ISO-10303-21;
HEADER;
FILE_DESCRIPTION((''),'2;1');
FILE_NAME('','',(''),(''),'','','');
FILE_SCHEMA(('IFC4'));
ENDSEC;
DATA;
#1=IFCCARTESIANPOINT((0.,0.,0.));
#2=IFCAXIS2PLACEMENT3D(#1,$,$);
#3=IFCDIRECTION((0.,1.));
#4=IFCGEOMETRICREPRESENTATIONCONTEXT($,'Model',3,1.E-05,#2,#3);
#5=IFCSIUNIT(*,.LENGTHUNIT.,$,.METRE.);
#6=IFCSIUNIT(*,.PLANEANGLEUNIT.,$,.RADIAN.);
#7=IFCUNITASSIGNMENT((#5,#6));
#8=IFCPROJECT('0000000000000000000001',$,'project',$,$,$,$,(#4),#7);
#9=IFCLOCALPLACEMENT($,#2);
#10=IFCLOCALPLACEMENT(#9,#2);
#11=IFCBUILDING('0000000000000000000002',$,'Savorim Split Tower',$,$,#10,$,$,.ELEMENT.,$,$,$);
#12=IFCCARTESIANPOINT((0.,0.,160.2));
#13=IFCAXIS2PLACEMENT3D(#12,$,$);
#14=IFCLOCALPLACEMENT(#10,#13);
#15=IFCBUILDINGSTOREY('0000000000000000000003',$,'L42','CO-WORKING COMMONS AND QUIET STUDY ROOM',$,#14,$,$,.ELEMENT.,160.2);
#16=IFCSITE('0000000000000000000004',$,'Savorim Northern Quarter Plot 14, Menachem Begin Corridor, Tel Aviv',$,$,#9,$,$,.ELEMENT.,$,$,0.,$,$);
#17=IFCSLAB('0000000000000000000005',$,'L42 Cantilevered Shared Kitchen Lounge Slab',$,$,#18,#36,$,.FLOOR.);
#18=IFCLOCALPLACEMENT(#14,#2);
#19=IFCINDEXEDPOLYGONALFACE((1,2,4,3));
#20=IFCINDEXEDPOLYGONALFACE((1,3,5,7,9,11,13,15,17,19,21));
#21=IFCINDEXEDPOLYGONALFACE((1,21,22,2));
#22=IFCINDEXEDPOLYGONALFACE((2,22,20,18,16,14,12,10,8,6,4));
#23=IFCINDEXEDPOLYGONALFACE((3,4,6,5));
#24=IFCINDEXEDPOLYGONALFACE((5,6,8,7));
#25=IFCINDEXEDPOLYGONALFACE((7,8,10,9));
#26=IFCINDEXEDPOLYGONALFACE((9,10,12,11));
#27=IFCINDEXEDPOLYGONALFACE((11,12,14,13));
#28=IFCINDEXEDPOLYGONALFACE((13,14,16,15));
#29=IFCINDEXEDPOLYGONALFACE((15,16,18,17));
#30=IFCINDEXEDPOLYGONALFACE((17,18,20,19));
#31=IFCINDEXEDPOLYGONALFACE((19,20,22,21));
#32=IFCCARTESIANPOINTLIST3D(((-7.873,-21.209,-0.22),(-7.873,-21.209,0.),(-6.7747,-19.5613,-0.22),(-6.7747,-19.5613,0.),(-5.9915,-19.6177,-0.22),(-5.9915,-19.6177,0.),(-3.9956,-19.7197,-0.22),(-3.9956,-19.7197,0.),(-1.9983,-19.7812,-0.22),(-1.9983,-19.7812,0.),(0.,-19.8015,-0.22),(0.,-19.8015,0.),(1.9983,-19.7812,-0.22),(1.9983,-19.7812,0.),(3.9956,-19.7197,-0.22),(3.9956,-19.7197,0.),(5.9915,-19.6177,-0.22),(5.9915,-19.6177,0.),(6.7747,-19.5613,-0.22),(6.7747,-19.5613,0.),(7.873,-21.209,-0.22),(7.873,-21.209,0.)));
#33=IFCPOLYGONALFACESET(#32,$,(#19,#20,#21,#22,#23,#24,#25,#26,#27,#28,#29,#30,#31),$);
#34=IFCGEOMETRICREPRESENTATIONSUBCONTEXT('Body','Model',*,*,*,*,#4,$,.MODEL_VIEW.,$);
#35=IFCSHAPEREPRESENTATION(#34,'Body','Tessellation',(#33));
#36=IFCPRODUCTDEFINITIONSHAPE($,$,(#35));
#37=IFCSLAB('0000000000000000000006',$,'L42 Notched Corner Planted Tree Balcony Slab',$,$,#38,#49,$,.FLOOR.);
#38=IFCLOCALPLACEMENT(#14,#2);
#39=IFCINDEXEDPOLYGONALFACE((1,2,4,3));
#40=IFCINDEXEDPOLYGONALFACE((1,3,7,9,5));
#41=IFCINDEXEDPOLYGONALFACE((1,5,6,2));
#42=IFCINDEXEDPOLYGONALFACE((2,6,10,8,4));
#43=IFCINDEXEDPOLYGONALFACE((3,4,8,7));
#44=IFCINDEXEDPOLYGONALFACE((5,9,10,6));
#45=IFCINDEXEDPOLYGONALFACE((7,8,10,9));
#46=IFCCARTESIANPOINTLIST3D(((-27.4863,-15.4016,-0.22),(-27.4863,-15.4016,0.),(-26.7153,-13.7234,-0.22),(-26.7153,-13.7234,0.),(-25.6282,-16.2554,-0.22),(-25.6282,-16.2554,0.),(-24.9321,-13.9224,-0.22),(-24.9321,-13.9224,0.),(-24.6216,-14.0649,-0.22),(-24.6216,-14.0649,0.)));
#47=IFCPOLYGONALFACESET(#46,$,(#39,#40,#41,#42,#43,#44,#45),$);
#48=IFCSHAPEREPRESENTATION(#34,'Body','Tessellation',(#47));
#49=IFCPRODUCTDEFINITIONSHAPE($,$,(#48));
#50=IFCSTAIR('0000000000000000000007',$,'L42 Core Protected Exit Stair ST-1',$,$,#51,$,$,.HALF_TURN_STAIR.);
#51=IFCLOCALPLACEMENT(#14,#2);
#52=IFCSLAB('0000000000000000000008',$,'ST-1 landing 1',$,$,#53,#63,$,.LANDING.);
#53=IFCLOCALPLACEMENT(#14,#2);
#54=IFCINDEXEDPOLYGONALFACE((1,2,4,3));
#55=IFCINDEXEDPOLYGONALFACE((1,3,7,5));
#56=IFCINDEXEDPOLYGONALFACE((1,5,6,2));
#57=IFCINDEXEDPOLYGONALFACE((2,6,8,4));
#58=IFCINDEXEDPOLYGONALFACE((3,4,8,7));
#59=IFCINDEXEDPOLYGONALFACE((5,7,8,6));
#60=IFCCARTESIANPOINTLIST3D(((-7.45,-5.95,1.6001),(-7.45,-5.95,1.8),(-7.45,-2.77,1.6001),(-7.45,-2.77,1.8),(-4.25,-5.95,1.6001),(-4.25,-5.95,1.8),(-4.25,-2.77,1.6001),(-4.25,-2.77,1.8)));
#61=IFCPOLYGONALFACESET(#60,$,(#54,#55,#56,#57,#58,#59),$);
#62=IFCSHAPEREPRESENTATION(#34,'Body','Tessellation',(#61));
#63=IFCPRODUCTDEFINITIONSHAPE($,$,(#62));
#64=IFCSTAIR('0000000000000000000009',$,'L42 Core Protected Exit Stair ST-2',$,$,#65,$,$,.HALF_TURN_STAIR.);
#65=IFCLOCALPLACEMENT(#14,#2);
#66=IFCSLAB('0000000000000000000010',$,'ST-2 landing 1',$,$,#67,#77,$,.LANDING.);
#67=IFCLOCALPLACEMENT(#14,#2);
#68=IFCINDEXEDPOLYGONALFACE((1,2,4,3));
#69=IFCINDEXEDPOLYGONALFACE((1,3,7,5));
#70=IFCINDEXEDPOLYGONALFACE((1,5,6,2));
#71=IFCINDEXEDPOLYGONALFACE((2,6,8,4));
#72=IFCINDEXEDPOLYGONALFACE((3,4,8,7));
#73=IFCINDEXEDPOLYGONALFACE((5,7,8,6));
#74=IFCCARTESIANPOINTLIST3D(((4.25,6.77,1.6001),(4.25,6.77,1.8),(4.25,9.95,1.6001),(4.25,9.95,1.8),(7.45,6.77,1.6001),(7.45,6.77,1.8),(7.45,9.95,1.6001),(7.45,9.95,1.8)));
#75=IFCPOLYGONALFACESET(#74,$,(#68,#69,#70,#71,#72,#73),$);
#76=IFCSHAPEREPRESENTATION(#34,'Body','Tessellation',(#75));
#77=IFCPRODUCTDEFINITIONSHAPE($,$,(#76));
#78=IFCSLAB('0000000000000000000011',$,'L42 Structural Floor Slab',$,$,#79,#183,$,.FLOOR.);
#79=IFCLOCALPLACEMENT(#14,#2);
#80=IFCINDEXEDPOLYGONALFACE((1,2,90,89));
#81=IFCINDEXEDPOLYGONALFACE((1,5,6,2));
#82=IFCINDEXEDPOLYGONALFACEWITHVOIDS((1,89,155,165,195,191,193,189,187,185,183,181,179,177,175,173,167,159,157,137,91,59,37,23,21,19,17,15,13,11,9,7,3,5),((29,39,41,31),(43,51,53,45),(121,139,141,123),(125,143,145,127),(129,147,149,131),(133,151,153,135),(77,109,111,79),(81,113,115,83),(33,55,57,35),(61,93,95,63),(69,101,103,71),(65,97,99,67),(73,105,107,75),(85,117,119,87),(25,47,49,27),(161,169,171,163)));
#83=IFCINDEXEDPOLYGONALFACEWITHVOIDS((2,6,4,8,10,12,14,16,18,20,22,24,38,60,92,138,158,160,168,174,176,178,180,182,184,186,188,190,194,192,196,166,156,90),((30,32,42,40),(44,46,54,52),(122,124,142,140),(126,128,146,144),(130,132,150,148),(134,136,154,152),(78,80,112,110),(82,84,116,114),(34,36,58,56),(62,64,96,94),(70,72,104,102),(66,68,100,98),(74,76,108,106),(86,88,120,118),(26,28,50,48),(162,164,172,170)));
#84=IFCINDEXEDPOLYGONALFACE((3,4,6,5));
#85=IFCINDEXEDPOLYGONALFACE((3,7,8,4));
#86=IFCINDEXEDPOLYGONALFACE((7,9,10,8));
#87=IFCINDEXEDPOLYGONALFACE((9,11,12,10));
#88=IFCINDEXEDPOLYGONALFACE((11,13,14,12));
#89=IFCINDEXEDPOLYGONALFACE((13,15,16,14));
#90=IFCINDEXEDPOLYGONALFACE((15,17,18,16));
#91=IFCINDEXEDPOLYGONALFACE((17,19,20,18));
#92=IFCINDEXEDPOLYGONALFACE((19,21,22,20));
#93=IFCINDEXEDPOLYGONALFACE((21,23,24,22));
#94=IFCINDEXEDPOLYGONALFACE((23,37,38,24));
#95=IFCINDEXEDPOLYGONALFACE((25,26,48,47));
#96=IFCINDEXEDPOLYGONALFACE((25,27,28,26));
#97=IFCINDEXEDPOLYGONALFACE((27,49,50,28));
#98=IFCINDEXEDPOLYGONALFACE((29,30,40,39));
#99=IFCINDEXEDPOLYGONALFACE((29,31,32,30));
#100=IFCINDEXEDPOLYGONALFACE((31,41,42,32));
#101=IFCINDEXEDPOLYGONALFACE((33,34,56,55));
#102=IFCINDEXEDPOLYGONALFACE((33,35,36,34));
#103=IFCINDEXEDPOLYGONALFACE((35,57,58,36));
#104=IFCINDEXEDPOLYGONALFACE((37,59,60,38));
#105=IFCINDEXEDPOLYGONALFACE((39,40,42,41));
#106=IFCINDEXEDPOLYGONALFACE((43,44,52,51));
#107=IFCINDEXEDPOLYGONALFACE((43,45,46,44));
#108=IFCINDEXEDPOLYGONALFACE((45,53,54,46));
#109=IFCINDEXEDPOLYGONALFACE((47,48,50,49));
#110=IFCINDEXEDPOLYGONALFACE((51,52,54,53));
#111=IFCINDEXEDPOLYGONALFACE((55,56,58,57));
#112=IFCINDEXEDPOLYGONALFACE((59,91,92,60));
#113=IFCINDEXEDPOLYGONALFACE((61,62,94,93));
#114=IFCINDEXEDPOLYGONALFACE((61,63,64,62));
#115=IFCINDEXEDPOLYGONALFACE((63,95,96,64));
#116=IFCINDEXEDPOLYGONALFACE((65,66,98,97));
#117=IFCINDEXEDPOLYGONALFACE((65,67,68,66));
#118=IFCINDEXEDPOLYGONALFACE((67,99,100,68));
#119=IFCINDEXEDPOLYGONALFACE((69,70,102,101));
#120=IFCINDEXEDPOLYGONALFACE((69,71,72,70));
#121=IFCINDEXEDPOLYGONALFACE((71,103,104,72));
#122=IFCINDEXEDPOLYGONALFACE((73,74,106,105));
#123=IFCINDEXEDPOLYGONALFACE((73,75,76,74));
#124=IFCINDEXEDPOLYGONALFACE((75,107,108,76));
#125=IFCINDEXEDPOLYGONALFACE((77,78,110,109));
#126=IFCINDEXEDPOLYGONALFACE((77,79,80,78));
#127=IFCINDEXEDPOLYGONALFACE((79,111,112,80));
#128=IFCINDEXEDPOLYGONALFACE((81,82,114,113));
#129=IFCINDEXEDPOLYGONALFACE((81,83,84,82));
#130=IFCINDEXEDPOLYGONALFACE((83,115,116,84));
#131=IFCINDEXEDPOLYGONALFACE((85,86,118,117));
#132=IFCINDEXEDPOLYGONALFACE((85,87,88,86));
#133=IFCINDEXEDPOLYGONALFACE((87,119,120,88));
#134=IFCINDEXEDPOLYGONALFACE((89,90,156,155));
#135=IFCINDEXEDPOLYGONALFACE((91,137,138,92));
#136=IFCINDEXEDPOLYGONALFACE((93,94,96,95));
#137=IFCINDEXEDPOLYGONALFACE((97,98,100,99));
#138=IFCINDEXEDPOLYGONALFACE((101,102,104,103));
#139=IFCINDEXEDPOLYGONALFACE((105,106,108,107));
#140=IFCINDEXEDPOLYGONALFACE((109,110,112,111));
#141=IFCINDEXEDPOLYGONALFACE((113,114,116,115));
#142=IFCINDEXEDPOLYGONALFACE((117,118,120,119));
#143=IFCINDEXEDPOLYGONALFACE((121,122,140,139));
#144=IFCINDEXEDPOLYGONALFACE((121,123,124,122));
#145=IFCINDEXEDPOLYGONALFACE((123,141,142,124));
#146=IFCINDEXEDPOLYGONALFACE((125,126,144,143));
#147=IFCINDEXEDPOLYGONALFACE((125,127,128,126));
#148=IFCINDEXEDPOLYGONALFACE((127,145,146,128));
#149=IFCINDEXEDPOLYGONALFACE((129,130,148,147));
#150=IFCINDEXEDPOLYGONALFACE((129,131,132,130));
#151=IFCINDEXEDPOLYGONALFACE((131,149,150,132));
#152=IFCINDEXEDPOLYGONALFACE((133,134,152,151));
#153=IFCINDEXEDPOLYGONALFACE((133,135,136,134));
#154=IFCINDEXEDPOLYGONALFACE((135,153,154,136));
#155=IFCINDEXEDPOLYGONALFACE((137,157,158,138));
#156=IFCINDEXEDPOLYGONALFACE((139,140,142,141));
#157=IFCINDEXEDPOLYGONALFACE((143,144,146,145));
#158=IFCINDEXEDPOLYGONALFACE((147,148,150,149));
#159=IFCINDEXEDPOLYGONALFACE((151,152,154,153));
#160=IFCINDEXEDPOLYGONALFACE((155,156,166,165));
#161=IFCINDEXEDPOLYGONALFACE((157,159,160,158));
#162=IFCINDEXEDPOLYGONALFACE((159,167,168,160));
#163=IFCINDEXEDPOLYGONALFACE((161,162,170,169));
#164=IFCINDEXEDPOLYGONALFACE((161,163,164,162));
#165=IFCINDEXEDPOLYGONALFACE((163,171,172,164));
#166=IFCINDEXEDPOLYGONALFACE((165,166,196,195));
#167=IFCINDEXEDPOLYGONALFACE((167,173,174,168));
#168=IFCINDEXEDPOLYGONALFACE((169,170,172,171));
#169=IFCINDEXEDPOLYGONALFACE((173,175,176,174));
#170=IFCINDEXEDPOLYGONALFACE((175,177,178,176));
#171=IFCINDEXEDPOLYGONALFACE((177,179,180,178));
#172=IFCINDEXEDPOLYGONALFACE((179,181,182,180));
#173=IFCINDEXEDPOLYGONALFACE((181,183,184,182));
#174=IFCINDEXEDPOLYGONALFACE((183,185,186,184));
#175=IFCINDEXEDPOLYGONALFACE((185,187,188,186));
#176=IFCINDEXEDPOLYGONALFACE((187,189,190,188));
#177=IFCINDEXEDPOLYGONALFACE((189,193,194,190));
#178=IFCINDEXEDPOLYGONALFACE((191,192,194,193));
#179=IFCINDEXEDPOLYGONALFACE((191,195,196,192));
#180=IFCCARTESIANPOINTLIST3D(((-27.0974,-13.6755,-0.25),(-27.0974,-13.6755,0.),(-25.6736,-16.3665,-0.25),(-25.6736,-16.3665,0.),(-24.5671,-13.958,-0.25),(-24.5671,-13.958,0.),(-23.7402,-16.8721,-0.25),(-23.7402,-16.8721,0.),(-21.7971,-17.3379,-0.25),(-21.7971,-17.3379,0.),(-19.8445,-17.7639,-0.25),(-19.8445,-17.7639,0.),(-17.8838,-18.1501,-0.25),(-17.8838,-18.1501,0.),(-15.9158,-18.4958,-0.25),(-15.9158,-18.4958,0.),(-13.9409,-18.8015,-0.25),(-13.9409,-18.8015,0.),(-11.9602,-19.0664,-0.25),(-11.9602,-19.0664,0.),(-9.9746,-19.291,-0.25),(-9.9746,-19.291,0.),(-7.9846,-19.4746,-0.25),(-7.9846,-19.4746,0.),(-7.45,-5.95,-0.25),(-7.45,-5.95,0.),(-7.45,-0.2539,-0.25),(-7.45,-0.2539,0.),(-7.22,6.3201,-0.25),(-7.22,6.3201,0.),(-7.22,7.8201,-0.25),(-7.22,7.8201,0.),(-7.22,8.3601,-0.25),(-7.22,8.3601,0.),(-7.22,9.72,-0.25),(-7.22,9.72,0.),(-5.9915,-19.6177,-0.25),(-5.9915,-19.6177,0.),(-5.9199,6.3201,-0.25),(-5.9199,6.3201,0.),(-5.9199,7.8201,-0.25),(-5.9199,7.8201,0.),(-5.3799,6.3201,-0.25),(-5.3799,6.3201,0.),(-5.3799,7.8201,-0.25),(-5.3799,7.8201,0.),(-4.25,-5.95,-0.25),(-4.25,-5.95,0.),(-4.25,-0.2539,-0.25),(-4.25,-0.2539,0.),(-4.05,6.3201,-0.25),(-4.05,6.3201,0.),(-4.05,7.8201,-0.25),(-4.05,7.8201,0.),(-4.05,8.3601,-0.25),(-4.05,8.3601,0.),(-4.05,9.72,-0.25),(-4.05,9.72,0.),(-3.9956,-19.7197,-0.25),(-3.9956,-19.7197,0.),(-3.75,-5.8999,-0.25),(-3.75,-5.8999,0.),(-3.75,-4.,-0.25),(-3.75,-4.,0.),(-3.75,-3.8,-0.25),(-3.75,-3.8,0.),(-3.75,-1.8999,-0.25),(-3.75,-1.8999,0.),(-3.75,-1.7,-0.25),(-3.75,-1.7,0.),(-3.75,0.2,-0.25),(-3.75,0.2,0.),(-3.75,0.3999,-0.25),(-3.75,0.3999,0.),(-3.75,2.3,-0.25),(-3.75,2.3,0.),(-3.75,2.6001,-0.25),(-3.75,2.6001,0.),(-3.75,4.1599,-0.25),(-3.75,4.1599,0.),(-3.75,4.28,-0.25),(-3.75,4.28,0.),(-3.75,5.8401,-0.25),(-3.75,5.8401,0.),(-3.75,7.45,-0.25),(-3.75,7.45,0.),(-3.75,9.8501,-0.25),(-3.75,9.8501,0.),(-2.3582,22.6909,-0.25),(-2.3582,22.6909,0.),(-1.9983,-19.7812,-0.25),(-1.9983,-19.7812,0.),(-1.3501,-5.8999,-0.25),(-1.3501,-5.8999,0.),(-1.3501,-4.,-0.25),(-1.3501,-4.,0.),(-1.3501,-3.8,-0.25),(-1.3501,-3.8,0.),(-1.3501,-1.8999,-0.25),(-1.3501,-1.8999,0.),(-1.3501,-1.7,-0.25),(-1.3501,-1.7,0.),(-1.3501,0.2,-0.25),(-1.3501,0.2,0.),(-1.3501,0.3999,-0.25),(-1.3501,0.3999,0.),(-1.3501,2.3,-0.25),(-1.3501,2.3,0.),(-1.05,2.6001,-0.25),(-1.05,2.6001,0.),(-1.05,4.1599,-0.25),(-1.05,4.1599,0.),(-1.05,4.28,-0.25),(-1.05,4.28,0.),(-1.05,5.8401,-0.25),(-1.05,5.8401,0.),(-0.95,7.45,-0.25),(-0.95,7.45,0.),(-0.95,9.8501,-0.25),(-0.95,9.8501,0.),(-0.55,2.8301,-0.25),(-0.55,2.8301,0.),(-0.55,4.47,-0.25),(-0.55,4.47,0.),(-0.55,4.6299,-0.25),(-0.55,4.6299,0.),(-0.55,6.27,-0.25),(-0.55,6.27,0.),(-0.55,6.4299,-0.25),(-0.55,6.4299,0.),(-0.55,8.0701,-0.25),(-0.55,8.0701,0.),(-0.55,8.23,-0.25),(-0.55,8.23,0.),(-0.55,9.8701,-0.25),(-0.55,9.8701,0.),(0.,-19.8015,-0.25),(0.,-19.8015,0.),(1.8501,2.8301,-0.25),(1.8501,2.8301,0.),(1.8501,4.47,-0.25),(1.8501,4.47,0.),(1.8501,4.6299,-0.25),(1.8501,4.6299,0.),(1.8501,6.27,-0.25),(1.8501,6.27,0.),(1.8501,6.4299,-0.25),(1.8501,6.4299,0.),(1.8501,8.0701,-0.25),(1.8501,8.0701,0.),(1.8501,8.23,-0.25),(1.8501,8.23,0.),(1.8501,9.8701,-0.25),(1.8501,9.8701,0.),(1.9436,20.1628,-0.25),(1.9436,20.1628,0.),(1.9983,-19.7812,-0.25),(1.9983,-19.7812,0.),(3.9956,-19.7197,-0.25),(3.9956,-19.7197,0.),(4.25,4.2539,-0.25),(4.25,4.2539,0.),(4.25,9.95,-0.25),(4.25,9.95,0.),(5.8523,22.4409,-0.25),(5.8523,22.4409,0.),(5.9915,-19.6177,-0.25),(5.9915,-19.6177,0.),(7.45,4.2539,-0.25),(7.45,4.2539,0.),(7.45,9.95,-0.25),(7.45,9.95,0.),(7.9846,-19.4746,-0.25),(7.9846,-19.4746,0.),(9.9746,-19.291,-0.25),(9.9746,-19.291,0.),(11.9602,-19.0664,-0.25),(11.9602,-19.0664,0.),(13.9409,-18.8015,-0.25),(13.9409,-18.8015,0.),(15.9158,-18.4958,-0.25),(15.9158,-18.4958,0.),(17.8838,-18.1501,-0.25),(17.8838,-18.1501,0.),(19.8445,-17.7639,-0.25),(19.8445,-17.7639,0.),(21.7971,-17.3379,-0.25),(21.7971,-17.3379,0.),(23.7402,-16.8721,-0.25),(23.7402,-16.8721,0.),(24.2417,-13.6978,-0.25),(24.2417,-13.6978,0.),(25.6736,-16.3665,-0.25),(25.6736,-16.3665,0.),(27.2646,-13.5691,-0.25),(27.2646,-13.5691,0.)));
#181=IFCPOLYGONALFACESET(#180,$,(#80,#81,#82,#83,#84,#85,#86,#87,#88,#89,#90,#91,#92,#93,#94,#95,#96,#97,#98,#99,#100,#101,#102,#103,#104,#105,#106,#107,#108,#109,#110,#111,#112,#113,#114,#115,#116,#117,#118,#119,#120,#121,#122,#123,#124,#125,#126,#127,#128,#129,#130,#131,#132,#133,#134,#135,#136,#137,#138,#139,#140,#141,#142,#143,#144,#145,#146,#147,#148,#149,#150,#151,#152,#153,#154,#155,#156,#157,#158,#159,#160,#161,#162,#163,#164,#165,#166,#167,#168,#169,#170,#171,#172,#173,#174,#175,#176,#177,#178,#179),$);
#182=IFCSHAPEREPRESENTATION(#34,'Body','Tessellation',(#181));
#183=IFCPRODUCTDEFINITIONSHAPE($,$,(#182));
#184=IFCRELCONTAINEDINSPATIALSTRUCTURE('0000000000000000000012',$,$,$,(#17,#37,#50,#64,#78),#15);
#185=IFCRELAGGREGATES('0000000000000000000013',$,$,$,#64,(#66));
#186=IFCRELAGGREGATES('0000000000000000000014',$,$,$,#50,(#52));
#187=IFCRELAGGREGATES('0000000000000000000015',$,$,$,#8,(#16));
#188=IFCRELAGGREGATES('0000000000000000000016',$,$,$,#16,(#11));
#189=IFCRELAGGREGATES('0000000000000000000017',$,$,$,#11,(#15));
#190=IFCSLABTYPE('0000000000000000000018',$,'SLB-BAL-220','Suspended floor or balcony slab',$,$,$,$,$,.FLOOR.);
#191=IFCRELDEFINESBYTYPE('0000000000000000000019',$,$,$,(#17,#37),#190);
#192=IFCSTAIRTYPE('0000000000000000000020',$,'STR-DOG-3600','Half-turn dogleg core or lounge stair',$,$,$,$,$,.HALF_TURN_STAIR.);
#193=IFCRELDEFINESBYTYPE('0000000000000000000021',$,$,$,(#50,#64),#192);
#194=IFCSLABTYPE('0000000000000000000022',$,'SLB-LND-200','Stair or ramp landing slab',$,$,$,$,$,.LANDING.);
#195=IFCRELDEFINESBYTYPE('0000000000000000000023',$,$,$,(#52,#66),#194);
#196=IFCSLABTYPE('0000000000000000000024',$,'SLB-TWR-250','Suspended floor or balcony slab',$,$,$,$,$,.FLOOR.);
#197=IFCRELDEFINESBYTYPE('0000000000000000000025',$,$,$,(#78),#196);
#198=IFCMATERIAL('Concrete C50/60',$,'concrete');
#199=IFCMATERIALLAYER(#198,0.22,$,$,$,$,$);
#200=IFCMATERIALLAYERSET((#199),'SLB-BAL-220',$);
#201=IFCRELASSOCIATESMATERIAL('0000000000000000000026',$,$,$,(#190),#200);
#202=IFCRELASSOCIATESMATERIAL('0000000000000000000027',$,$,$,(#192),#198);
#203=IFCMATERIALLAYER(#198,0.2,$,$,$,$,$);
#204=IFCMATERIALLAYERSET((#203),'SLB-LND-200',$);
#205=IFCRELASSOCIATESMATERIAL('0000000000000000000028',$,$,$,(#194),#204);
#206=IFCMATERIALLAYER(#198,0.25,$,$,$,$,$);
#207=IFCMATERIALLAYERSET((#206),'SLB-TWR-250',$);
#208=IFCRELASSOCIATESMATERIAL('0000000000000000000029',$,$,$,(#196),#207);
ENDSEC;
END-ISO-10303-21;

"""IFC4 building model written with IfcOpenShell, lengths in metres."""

from ifc_helpers import new_model, si_unit, direction, frame, origin, place, context, subcontext, project, spatial, polyline, outline, extrude, material, layer, layer_set, type_object, element, aggregate, save


model = new_model("IFC4")

# Units and contexts
model_context = context("Model", 3, precision=1e-05, world=origin(), true_north=direction((0.0, 1.0)))
body_context = subcontext(model_context, "Body", "Model", "MODEL_VIEW")
ifc_project = project(units=[si_unit("LENGTHUNIT", "METRE"), si_unit("PLANEANGLEUNIT", "RADIAN")], contexts=[model_context])

# Site, building, storey
site_placement = place(None, origin())
site = spatial("IfcSite", under=ifc_project, at=site_placement, Name="Savorim Northern Quarter Plot 14, Menachem Begin Corridor, Tel Aviv", CompositionType="ELEMENT", RefElevation=0.0)
building_placement = place(site_placement, origin())
building = spatial("IfcBuilding", under=site, at=building_placement, Name="Savorim Split Tower", CompositionType="ELEMENT")
storey_placement = place(building_placement, frame((0.0, 0.0, 160.2)))
storey = spatial("IfcBuildingStorey", under=building, at=storey_placement, Name="L42", Description="CO-WORKING COMMONS AND QUIET STUDY ROOM", CompositionType="ELEMENT", Elevation=160.2)

# Slabs
ifc_material_1 = material(Name="Concrete C50/60", Category="concrete")
ifc_layer_1 = layer(ifc_material_1, 0.22)
ifc_layer_set_1 = layer_set([ifc_layer_1], Name="SLB-BAL-220")
slab_type_1 = type_object("IfcSlabType", Name="SLB-BAL-220", Description="Suspended floor or balcony slab", PredefinedType="FLOOR", material=ifc_layer_set_1)
slab_1_placement = place(storey_placement, frame((0.0, 0.0, -0.22)))
element("IfcSlab", 1, at=slab_1_placement, inside=storey, type_object=slab_type_1, Name="L42 Cantilevered Shared Kitchen Lounge Slab", PredefinedType="FLOOR", context=body_context, shape_type="SweptSolid", body=[
    extrude(outline(polyline([(6.7747, -19.5613), (5.9915, -19.6177), (3.9956, -19.7197), (1.9983, -19.7812), (0.0, -19.8015), (-1.9983, -19.7812), (-3.9956, -19.7197), (-5.9915, -19.6177), (-6.7747, -19.5613), (-7.873, -21.209), (7.873, -21.209), (6.7747, -19.5613)])), origin(), (0.0, 0.0, 1.0), 0.22),
])
slab_2_placement = place(storey_placement, frame((0.0, 0.0, -0.22)))
element("IfcSlab", 2, at=slab_2_placement, inside=storey, type_object=slab_type_1, Name="L42 Notched Corner Planted Tree Balcony Slab", PredefinedType="FLOOR", context=body_context, shape_type="SweptSolid", body=[
    extrude(outline(polyline([(-25.6282, -16.2554), (-24.6216, -14.0649), (-24.9321, -13.9224), (-26.7153, -13.7234), (-27.4863, -15.4016), (-25.6282, -16.2554)])), origin(), (0.0, 0.0, 1.0), 0.22),
])

# Stairs, slabs
stair_type = type_object("IfcStairType", Name="STR-DOG-3600", Description="Half-turn dogleg core or lounge stair", PredefinedType="HALF_TURN_STAIR", material=ifc_material_1)
stair_1_placement = place(storey_placement, origin())
stair_1 = element("IfcStair", 3, at=stair_1_placement, inside=storey, type_object=stair_type, Name="L42 Core Protected Exit Stair ST-1", PredefinedType="HALF_TURN_STAIR")
ifc_layer_2 = layer(ifc_material_1, 0.2)
ifc_layer_set_2 = layer_set([ifc_layer_2], Name="SLB-LND-200")
slab_type_2 = type_object("IfcSlabType", Name="SLB-LND-200", Description="Stair or ramp landing slab", PredefinedType="LANDING", material=ifc_layer_set_2)
slab_3_placement = place(storey_placement, frame((0.0, 0.0, 1.6001)))
slab_3 = element("IfcSlab", 4, at=slab_3_placement, type_object=slab_type_2, Name="ST-1 landing 1", PredefinedType="LANDING", context=body_context, shape_type="SweptSolid", body=[
    extrude(outline(polyline([(-7.45, -2.77), (-7.45, -5.95), (-4.25, -5.95), (-4.25, -2.77), (-7.45, -2.77)])), origin(), (0.0, 0.0, 1.0), 0.2),
])
stair_2_placement = place(storey_placement, origin())
stair_2 = element("IfcStair", 5, at=stair_2_placement, inside=storey, type_object=stair_type, Name="L42 Core Protected Exit Stair ST-2", PredefinedType="HALF_TURN_STAIR")
slab_4_placement = place(storey_placement, frame((0.0, 0.0, 1.6001)))
slab_4 = element("IfcSlab", 6, at=slab_4_placement, type_object=slab_type_2, Name="ST-2 landing 1", PredefinedType="LANDING", context=body_context, shape_type="SweptSolid", body=[
    extrude(outline(polyline([(7.45, 6.77), (7.45, 9.95), (4.25, 9.95), (4.25, 6.77), (7.45, 6.77)])), origin(), (0.0, 0.0, 1.0), 0.2),
])
aggregate(stair_2, [slab_4])

# Slab
ifc_layer_3 = layer(ifc_material_1, 0.25)
ifc_layer_set_3 = layer_set([ifc_layer_3], Name="SLB-TWR-250")
slab_type_3 = type_object("IfcSlabType", Name="SLB-TWR-250", Description="Suspended floor or balcony slab", PredefinedType="FLOOR", material=ifc_layer_set_3)
slab_5_placement = place(storey_placement, frame((0.0, 0.0, -0.25)))
element("IfcSlab", 7, at=slab_5_placement, inside=storey, type_object=slab_type_3, Name="L42 Structural Floor Slab", PredefinedType="FLOOR", context=body_context, shape_type="SweptSolid", body=[
    extrude(outline(polyline([(-25.6736, -16.3665), (-23.7402, -16.8721), (-21.7971, -17.3379), (-19.8445, -17.7639), (-17.8838, -18.1501), (-15.9158, -18.4958), (-13.9409, -18.8015), (-11.9602, -19.0664), (-9.9746, -19.291), (-7.9846, -19.4746), (-5.9915, -19.6177), (-3.9956, -19.7197), (-1.9983, -19.7812), (0.0, -19.8015), (1.9983, -19.7812), (3.9956, -19.7197), (5.9915, -19.6177), (7.9846, -19.4746), (9.9746, -19.291), (11.9602, -19.0664), (13.9409, -18.8015), (15.9158, -18.4958), (17.8838, -18.1501), (19.8445, -17.7639), (21.7971, -17.3379), (23.7402, -16.8721), (25.6736, -16.3665), (24.2417, -13.6978), (27.2646, -13.5691), (5.8523, 22.4409), (1.9436, 20.1628), (-2.3582, 22.6909), (-27.0974, -13.6755), (-24.5671, -13.958), (-25.6736, -16.3665)]), holes=[polyline([(-7.45, -0.2539), (-7.45, -5.95), (-4.25, -5.95), (-4.25, -0.2539), (-7.45, -0.2539)]), polyline([(7.45, 4.2539), (7.45, 9.95), (4.25, 9.95), (4.25, 4.2539), (7.45, 4.2539)]), polyline([(-3.75, -5.8999), (-1.3501, -5.8999), (-1.3501, -4.0), (-3.75, -4.0), (-3.75, -5.8999)]), polyline([(-3.75, -3.8), (-1.3501, -3.8), (-1.3501, -1.8999), (-3.75, -1.8999), (-3.75, -3.8)]), polyline([(-3.75, -1.7), (-1.3501, -1.7), (-1.3501, 0.2), (-3.75, 0.2), (-3.75, -1.7)]), polyline([(-3.75, 0.3999), (-1.3501, 0.3999), (-1.3501, 2.3), (-3.75, 2.3), (-3.75, 0.3999)]), polyline([(-0.55, 2.8301), (1.8501, 2.8301), (1.8501, 4.47), (-0.55, 4.47), (-0.55, 2.8301)]), polyline([(-0.55, 4.6299), (1.8501, 4.6299), (1.8501, 6.27), (-0.55, 6.27), (-0.55, 4.6299)]), polyline([(-0.55, 6.4299), (1.8501, 6.4299), (1.8501, 8.0701), (-0.55, 8.0701), (-0.55, 6.4299)]), polyline([(-0.55, 8.23), (1.8501, 8.23), (1.8501, 9.8701), (-0.55, 9.8701), (-0.55, 8.23)]), polyline([(-3.75, 2.6001), (-1.05, 2.6001), (-1.05, 4.1599), (-3.75, 4.1599), (-3.75, 2.6001)]), polyline([(-3.75, 4.28), (-1.05, 4.28), (-1.05, 5.8401), (-3.75, 5.8401), (-3.75, 4.28)]), polyline([(-3.75, 7.45), (-0.95, 7.45), (-0.95, 9.8501), (-3.75, 9.8501), (-3.75, 7.45)]), polyline([(-7.22, 6.3201), (-5.9199, 6.3201), (-5.9199, 7.8201), (-7.22, 7.8201), (-7.22, 6.3201)]), polyline([(-5.3799, 6.3201), (-4.05, 6.3201), (-4.05, 7.8201), (-5.3799, 7.8201), (-5.3799, 6.3201)]), polyline([(-7.22, 8.3601), (-4.05, 8.3601), (-4.05, 9.72), (-7.22, 9.72), (-7.22, 8.3601)])]), origin(), (0.0, 0.0, 1.0), 0.25),
])

aggregate(stair_1, [slab_3])

save(model, "model.ifc")
